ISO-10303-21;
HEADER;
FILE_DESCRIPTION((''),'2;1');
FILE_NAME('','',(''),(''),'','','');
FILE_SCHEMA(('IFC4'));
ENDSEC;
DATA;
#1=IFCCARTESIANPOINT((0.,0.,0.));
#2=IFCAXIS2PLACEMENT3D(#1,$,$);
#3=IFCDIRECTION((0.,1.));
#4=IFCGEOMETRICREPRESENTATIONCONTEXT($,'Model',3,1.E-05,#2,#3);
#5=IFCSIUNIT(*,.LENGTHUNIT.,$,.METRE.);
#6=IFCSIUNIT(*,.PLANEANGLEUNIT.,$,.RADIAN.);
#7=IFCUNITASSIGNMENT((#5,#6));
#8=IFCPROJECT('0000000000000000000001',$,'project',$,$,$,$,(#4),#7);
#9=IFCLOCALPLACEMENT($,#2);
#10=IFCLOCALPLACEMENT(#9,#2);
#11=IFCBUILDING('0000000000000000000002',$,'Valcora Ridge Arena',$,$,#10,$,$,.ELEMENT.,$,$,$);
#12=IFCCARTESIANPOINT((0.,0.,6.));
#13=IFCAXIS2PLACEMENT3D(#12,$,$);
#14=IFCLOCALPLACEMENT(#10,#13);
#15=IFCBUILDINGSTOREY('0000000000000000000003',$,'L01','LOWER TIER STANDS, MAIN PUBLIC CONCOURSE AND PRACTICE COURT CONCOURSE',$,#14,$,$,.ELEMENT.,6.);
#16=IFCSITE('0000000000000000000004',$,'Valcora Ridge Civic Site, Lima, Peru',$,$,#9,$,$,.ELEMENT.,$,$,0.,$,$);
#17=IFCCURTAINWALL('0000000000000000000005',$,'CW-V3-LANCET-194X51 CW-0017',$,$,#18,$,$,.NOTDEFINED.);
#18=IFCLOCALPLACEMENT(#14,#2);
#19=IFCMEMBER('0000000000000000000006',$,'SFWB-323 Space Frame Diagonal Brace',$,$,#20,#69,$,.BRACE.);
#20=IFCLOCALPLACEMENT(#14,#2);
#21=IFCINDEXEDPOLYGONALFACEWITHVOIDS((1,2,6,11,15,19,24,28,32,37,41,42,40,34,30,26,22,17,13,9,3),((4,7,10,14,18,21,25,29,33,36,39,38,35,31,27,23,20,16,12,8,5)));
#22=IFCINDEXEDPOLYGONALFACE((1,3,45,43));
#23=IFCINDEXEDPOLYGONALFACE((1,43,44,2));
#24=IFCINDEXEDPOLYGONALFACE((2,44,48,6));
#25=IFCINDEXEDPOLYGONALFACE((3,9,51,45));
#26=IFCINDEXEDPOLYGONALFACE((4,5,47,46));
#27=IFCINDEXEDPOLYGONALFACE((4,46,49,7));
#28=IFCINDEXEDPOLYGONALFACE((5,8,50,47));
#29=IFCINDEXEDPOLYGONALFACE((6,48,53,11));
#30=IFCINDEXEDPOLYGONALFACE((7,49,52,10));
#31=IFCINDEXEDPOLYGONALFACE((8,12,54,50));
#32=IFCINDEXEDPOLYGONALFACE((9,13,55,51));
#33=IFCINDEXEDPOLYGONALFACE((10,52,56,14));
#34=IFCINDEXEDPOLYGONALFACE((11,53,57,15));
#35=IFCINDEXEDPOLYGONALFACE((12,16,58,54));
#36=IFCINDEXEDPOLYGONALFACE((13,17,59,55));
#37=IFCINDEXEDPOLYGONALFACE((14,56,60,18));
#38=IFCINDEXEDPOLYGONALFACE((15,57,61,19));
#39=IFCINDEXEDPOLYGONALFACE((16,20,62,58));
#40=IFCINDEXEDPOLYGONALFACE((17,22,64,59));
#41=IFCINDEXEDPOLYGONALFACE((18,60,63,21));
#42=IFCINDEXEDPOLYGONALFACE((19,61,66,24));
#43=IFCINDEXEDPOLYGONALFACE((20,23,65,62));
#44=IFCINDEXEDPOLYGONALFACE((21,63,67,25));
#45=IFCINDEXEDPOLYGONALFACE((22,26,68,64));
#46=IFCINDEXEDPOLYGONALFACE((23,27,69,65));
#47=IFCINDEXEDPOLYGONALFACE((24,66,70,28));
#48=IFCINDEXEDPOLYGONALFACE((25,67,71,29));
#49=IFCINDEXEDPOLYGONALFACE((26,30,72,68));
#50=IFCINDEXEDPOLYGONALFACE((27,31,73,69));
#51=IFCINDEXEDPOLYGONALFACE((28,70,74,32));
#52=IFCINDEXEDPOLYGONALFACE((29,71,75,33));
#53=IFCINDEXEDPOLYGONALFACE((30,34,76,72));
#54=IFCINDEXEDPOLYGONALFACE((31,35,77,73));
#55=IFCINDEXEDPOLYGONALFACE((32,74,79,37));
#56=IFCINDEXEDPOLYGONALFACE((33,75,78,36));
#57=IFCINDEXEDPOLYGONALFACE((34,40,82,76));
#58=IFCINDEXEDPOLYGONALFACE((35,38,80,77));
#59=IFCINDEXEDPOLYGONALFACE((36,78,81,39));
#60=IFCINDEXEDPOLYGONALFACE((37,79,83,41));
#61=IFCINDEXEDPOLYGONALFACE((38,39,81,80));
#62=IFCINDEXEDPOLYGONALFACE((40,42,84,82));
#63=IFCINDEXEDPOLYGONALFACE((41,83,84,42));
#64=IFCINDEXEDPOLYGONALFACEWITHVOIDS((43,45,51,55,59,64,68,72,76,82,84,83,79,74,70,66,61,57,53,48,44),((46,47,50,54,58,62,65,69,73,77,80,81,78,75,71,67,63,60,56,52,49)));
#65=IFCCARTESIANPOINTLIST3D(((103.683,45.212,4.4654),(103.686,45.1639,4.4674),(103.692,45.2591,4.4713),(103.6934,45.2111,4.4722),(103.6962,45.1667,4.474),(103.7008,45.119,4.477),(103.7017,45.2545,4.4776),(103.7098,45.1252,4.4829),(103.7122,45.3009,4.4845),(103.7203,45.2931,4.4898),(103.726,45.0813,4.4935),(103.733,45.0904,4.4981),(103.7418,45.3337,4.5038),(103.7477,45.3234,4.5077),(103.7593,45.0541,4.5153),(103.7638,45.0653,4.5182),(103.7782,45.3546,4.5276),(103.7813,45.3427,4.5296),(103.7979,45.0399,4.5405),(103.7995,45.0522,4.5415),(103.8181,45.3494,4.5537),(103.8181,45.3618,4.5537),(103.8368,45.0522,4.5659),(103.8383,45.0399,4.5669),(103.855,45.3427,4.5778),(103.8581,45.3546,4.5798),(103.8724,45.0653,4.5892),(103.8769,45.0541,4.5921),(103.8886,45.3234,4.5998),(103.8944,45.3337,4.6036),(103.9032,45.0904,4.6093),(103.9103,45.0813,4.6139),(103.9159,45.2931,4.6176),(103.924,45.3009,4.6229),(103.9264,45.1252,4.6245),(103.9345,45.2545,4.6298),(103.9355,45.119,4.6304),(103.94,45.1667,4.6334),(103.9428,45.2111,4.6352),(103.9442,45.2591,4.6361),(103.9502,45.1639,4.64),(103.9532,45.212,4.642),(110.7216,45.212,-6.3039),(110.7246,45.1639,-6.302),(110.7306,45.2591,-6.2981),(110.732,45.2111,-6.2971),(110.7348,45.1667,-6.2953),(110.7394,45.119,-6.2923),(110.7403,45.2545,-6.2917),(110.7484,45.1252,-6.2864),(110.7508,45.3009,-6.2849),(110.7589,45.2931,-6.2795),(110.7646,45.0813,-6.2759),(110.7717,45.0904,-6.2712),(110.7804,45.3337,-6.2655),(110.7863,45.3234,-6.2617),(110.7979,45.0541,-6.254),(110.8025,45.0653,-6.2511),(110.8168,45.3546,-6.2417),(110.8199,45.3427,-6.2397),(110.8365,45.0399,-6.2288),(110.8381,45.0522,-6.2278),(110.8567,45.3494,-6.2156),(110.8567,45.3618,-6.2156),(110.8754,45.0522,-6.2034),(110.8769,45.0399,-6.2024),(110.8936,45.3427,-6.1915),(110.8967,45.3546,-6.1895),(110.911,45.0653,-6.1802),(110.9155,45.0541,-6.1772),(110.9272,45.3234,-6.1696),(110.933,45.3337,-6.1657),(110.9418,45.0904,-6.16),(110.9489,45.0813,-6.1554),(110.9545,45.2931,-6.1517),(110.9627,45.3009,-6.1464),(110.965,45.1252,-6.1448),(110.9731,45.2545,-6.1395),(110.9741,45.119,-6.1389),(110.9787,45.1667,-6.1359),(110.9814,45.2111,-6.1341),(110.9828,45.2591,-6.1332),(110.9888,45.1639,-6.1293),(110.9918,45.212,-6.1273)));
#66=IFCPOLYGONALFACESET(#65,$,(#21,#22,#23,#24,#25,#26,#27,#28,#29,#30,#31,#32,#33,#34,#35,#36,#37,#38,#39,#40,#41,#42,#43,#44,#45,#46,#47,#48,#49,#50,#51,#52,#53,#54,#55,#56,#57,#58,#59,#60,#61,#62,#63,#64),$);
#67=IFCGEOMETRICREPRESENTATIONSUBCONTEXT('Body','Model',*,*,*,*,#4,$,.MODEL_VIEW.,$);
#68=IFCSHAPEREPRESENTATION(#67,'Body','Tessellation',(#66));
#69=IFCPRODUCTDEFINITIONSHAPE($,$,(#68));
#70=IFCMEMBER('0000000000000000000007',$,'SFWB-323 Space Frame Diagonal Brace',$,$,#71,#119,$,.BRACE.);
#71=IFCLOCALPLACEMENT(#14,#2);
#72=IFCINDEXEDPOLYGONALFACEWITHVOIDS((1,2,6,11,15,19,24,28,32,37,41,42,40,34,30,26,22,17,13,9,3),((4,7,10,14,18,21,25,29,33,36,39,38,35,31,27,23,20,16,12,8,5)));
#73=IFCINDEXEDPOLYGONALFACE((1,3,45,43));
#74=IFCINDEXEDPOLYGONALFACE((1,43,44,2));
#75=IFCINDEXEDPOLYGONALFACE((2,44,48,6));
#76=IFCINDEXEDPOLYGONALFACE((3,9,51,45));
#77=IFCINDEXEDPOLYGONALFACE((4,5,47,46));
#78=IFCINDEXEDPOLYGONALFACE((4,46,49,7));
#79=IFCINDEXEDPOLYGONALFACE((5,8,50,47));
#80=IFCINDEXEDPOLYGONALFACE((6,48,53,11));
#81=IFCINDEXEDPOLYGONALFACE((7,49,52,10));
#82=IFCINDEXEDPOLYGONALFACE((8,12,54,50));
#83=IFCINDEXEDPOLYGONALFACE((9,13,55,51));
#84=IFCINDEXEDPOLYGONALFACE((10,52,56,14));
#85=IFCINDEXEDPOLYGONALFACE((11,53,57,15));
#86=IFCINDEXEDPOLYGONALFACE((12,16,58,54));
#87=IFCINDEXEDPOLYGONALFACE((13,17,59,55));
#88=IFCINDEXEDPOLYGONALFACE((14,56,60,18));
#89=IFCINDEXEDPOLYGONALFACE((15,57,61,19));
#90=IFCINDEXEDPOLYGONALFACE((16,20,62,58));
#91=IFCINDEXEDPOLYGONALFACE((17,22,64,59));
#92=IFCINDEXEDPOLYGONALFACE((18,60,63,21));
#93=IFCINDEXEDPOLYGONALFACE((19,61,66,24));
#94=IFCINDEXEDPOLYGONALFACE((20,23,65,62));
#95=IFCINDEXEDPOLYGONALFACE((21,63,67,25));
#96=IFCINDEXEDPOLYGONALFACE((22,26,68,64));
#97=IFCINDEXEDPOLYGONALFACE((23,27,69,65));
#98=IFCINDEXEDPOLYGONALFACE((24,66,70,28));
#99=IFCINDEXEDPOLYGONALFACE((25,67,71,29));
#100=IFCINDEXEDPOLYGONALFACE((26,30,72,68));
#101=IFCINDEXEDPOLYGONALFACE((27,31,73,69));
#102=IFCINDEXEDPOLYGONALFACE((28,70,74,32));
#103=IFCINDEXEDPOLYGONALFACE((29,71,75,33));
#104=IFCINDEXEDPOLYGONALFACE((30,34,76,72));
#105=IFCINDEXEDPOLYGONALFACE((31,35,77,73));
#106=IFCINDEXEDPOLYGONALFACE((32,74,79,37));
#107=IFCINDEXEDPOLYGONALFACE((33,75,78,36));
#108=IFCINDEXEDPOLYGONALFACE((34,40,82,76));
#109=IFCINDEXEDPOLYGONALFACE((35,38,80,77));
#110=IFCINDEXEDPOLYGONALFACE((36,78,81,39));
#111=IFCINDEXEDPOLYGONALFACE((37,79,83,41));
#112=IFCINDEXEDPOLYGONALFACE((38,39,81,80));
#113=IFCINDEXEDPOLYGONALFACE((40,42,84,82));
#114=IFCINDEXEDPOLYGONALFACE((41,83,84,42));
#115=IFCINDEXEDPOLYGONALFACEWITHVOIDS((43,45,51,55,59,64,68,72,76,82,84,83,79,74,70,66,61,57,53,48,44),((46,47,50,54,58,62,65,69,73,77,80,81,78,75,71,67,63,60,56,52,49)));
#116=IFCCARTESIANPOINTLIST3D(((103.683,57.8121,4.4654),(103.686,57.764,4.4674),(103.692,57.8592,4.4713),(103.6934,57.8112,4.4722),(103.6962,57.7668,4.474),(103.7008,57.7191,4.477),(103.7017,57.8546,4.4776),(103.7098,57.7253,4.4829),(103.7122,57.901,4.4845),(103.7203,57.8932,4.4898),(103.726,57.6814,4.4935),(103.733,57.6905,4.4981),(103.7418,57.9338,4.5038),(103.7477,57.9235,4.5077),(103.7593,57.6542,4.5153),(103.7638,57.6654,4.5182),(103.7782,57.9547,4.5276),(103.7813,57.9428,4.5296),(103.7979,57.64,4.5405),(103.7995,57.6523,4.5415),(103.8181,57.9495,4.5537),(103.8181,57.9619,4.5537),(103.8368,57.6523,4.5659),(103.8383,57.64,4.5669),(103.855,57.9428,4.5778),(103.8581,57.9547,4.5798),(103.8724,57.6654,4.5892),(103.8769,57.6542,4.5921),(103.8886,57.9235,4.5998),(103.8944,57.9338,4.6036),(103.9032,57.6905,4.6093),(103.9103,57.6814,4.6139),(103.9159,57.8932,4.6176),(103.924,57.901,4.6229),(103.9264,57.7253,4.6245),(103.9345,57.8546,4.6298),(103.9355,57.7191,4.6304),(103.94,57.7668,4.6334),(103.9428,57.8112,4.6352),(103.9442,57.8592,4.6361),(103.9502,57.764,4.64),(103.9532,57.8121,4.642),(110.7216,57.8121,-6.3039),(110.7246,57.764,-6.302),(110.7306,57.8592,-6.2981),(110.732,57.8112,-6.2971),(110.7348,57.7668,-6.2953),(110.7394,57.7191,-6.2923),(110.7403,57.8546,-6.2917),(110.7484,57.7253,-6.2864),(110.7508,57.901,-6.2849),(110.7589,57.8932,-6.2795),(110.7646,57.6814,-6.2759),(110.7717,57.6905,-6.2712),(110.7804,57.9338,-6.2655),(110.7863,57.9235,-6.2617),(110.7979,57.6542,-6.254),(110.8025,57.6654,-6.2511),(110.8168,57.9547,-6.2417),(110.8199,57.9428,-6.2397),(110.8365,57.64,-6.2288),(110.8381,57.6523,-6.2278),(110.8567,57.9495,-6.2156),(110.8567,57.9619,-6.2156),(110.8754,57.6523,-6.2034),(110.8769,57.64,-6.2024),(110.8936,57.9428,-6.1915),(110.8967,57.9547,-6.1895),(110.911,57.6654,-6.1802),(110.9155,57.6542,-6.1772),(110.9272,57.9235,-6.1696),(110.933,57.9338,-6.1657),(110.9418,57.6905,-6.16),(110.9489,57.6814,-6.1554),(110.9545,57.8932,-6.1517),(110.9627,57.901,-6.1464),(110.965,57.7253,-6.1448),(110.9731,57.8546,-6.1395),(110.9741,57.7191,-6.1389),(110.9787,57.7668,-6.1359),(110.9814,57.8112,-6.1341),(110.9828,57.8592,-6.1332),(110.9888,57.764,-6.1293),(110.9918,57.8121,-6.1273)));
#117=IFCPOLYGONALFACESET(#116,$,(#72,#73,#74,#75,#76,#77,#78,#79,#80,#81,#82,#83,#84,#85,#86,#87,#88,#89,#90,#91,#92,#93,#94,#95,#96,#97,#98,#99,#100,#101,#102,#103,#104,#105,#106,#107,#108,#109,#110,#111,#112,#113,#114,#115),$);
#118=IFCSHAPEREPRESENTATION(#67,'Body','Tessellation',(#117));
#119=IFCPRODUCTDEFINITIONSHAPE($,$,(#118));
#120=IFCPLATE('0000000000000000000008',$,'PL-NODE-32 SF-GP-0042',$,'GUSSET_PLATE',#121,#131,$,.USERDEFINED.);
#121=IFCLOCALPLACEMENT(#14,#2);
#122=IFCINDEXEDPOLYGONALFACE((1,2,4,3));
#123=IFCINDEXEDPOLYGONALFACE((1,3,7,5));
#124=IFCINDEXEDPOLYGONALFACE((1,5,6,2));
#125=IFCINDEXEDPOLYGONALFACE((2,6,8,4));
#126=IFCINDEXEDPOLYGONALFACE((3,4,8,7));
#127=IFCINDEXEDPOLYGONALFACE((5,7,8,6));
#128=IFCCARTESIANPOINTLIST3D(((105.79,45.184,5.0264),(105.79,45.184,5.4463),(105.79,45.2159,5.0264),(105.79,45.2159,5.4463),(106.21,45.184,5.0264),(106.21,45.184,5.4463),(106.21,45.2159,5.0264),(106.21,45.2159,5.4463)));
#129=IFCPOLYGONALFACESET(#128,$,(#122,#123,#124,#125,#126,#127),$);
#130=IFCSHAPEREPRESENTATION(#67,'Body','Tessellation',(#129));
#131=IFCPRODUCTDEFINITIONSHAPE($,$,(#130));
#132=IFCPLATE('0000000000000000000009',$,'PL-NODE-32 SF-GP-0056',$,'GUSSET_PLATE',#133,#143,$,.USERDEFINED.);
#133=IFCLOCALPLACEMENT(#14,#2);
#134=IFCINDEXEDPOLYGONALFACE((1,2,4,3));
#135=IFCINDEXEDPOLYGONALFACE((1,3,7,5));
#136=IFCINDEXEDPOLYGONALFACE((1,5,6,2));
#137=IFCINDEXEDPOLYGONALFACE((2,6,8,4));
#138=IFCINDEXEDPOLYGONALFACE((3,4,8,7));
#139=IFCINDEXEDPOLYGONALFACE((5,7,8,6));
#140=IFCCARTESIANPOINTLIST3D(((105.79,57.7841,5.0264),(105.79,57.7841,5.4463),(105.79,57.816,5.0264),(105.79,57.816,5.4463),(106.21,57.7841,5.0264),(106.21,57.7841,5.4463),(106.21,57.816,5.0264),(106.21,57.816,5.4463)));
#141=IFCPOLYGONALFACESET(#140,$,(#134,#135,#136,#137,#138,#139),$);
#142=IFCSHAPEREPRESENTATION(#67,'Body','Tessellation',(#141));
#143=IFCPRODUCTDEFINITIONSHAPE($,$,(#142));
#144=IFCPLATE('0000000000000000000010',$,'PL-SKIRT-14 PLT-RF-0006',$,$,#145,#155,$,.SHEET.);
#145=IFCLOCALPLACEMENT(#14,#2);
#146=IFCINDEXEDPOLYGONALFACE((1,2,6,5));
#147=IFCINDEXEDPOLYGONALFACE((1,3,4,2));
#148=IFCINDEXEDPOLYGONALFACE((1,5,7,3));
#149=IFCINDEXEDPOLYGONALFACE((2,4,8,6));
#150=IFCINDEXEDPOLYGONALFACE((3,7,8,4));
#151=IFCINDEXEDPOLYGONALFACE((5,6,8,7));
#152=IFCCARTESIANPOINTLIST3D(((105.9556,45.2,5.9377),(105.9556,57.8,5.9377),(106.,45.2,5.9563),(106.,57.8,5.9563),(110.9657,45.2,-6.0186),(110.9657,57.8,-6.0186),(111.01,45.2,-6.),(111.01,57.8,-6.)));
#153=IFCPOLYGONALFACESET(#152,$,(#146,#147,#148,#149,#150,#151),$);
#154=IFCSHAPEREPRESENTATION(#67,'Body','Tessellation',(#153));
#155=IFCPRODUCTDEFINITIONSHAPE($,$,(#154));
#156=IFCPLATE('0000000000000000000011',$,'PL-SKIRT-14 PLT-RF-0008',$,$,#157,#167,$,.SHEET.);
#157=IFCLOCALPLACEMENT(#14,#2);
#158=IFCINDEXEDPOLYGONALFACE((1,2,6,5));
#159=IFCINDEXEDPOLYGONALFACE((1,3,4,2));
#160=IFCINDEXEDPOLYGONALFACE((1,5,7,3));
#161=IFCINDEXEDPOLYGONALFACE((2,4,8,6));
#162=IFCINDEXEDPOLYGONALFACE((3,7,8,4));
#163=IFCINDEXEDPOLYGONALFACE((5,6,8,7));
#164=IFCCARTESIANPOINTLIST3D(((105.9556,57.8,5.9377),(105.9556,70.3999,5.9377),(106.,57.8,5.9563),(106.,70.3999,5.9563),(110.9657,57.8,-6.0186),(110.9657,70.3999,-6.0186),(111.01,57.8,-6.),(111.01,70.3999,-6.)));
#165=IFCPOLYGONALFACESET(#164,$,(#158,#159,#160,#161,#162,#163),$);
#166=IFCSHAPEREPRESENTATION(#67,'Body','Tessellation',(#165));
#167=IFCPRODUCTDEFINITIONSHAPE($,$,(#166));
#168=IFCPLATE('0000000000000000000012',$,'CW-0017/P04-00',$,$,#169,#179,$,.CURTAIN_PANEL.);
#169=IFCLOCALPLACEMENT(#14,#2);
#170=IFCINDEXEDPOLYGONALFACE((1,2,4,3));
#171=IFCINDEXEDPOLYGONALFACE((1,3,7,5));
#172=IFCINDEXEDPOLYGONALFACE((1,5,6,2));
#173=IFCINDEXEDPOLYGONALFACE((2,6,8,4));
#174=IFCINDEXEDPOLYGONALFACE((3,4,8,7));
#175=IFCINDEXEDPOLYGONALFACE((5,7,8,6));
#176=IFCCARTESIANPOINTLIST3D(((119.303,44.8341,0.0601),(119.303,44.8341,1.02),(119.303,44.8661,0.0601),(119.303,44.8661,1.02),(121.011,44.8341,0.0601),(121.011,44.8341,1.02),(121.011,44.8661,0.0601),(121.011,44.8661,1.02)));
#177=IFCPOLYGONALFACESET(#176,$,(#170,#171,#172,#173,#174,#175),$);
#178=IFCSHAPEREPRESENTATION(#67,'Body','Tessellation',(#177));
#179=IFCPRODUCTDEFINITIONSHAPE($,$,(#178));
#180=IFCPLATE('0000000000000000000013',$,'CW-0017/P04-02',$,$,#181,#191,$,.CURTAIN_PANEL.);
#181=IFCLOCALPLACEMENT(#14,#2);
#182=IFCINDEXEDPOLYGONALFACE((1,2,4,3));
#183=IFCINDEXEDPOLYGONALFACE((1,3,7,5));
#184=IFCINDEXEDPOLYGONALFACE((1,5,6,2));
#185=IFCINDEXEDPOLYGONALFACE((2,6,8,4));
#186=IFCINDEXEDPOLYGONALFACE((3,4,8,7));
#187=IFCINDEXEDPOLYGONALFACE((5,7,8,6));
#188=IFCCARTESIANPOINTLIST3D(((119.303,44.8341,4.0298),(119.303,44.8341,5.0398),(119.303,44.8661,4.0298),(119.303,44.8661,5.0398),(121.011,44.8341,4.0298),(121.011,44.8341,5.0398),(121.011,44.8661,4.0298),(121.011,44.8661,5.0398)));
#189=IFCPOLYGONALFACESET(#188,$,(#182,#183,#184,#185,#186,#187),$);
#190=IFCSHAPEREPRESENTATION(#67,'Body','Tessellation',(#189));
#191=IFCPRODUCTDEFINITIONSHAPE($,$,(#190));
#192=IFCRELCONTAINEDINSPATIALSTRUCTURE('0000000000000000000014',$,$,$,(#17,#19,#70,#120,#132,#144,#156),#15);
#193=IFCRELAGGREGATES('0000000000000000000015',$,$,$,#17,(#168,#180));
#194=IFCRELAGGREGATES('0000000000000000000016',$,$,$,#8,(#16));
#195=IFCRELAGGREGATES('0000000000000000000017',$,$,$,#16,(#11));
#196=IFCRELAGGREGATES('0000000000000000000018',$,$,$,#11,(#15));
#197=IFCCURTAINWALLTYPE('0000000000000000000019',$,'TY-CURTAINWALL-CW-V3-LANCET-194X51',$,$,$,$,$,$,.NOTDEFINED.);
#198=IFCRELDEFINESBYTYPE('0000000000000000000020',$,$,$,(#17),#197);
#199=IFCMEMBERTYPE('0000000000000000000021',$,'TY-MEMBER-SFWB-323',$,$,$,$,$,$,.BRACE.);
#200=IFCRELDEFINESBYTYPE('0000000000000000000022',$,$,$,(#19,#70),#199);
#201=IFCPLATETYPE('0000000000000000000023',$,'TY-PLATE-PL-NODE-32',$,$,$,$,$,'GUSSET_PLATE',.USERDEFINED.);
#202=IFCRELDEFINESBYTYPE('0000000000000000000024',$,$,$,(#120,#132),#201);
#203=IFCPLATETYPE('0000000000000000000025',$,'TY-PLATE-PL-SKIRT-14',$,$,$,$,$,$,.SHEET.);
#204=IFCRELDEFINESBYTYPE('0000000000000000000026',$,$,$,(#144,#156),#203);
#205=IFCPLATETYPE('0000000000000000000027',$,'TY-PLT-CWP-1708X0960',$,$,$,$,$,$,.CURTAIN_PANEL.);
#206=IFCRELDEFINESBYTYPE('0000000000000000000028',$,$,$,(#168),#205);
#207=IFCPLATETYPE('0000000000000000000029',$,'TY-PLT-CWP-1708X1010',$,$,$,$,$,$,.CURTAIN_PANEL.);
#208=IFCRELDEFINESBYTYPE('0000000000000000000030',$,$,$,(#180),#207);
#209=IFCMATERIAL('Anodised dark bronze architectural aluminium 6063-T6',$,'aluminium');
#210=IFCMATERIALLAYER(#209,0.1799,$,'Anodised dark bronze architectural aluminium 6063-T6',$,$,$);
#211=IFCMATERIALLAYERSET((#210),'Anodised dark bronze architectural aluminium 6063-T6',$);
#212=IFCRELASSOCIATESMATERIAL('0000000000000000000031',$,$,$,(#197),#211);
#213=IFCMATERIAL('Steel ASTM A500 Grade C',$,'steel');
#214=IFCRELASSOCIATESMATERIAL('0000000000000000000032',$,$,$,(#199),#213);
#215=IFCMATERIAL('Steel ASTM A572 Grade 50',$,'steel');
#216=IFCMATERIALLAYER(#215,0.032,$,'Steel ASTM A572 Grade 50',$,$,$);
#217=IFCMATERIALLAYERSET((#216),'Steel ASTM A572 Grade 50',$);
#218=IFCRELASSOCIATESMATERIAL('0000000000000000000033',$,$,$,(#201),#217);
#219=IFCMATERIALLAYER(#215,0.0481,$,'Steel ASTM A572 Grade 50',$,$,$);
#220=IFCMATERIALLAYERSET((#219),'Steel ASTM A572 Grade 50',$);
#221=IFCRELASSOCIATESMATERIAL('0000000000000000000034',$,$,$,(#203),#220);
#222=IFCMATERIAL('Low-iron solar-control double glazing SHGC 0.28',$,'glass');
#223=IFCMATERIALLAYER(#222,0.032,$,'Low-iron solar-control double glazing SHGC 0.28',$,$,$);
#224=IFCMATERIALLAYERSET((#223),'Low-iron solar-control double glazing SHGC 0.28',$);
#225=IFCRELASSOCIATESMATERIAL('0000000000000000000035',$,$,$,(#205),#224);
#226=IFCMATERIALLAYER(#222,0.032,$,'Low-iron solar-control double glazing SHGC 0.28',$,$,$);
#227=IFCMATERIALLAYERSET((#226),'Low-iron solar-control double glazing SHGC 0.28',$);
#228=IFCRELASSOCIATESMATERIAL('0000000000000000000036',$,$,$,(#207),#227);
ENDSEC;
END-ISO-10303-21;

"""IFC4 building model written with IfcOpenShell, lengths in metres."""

from ifc_helpers import new_model, si_unit, direction, frame, origin, origin_2d, place, context, subcontext, project, spatial, polyline, rectangle, hollow_circle, outline, extrude, material, layer, layer_set, material_profile, profile_set, type_object, element, aggregate, save


model = new_model("IFC4")

# Units and contexts
model_context = context("Model", 3, precision=1e-05, world=origin(), true_north=direction((0.0, 1.0)))
body_context = subcontext(model_context, "Body", "Model", "MODEL_VIEW")
ifc_project = project(units=[si_unit("LENGTHUNIT", "METRE"), si_unit("PLANEANGLEUNIT", "RADIAN")], contexts=[model_context])

# Site, building, storey
site_placement = place(None, origin())
site = spatial("IfcSite", under=ifc_project, at=site_placement, Name="Valcora Ridge Civic Site, Lima, Peru", CompositionType="ELEMENT", RefElevation=0.0)
building_placement = place(site_placement, origin())
building = spatial("IfcBuilding", under=site, at=building_placement, Name="Valcora Ridge Arena", CompositionType="ELEMENT")
storey_placement = place(building_placement, frame((0.0, 0.0, 6.0)))
storey = spatial("IfcBuildingStorey", under=building, at=storey_placement, Name="L01", Description="LOWER TIER STANDS, MAIN PUBLIC CONCOURSE AND PRACTICE COURT CONCOURSE", CompositionType="ELEMENT", Elevation=6.0)

# Curtain wall
ifc_material_1 = material(Name="Anodised dark bronze architectural aluminium 6063-T6", Category="aluminium")
ifc_layer_1 = layer(ifc_material_1, 0.1799, Name="Anodised dark bronze architectural aluminium 6063-T6")
ifc_layer_set_1 = layer_set([ifc_layer_1], Name="Anodised dark bronze architectural aluminium 6063-T6")
curtain_wall_type = type_object("IfcCurtainWallType", Name="TY-CURTAINWALL-CW-V3-LANCET-194X51", PredefinedType="NOTDEFINED", material=ifc_layer_set_1)
curtain_wall_placement = place(storey_placement, origin())
curtain_wall = element("IfcCurtainWall", 1, at=curtain_wall_placement, inside=storey, type_object=curtain_wall_type, Name="CW-V3-LANCET-194X51 CW-0017", PredefinedType="NOTDEFINED")

# Members
ifc_material_2 = material(Name="Steel ASTM A500 Grade C", Category="steel")
ifc_material_profile_1 = material_profile(ifc_material_2, hollow_circle(Radius=0.1619, WallThickness=0.0125, at=origin_2d()), Name="CHS323X12")
ifc_profile_set_1 = profile_set([ifc_material_profile_1], Name="Steel ASTM A500 Grade C")
member_type_1 = type_object("IfcMemberType", Name="TY-MEMBER-SFWB-323", PredefinedType="BRACE", material=ifc_profile_set_1)
for number, where, z_axis, x_axis, name in (
    (2, (103.8181, 45.2, 4.5537), (0.547092, 0.0, -0.837072), (0.0, 1.0, 0.0), "SFWB-323 Space Frame Diagonal Brace"),
    (3, (103.8181, 57.8, 4.5537), (0.547092, 0.0, -0.837072), (0.0, 1.0, 0.0), "SFWB-323 Space Frame Diagonal Brace"),
):
    element("IfcMember", number, at=place(storey_placement, frame(where, z_axis=z_axis, x_axis=x_axis)), inside=storey, type_object=member_type_1, Name=name, PredefinedType="BRACE", context=body_context, shape_type="SweptSolid", body=[
        extrude(hollow_circle(Radius=0.1619, WallThickness=0.0125, at=origin_2d()), origin(), (0.0, 0.0, 1.0), 12.8655),
    ])

# Plates
ifc_material_3 = material(Name="Steel ASTM A572 Grade 50", Category="steel")
ifc_layer_2 = layer(ifc_material_3, 0.032, Name="Steel ASTM A572 Grade 50")
ifc_layer_set_2 = layer_set([ifc_layer_2], Name="Steel ASTM A572 Grade 50")
plate_type_1 = type_object("IfcPlateType", Name="TY-PLATE-PL-NODE-32", ElementType="GUSSET_PLATE", PredefinedType="USERDEFINED", material=ifc_layer_set_2)
for number, where, z_axis, x_axis, name in (
    (4, (106.0, 45.2, 5.0264), (0.0, 0.0, 1.0), (1.0, 0.0, 0.0), "PL-NODE-32 SF-GP-0042"),
    (5, (106.0, 57.8, 5.0264), (0.0, 0.0, 1.0), (1.0, 0.0, 0.0), "PL-NODE-32 SF-GP-0056"),
):
    element("IfcPlate", number, at=place(storey_placement, frame(where, z_axis=z_axis, x_axis=x_axis)), inside=storey, type_object=plate_type_1, Name=name, ObjectType="GUSSET_PLATE", PredefinedType="USERDEFINED", context=body_context, shape_type="SweptSolid", body=[
        extrude(rectangle(XDim=0.4199, YDim=0.032, at=origin_2d()), origin(), (0.0, 0.0, 1.0), 0.4199),
    ])
ifc_layer_3 = layer(ifc_material_3, 0.0481, Name="Steel ASTM A572 Grade 50")
ifc_layer_set_3 = layer_set([ifc_layer_3], Name="Steel ASTM A572 Grade 50")
plate_type_2 = type_object("IfcPlateType", Name="TY-PLATE-PL-SKIRT-14", PredefinedType="SHEET", material=ifc_layer_set_3)
plate_1_placement = place(storey_placement, frame((106.0, 45.2, 5.9563), z_axis=(0.922302, 0.0, 0.386469), x_axis=(0.386469, 0.0, -0.922302)))
element("IfcPlate", 6, at=plate_1_placement, inside=storey, type_object=plate_type_2, Name="PL-SKIRT-14 PLT-RF-0006", PredefinedType="SHEET", context=body_context, shape_type="SweptSolid", body=[
    extrude(outline(polyline([(0.0, 0.0), (12.9635, 0.0), (12.9635, 12.6001), (0.0, 12.6001), (0.0, 0.0)])), origin(), (0.0, 0.0, -1.0), 0.0481),
])
plate_2_placement = place(storey_placement, frame((106.0, 57.8, 5.9563), z_axis=(0.922302, 0.0, 0.386469), x_axis=(0.386469, 0.0, -0.922302)))
element("IfcPlate", 7, at=plate_2_placement, inside=storey, type_object=plate_type_2, Name="PL-SKIRT-14 PLT-RF-0008", PredefinedType="SHEET", context=body_context, shape_type="SweptSolid", body=[
    extrude(outline(polyline([(0.0, 0.0), (12.9635, 0.0), (12.9635, 12.5999), (0.0, 12.5999), (0.0, 0.0)])), origin(), (0.0, 0.0, -1.0), 0.0481),
])

# Plates
ifc_material_4 = material(Name="Low-iron solar-control double glazing SHGC 0.28", Category="glass")
ifc_layer_4 = layer(ifc_material_4, 0.032, Name="Low-iron solar-control double glazing SHGC 0.28")
ifc_layer_set_4 = layer_set([ifc_layer_4], Name="Low-iron solar-control double glazing SHGC 0.28")
plate_type_3 = type_object("IfcPlateType", Name="TY-PLT-CWP-1708X0960", PredefinedType="CURTAIN_PANEL", material=ifc_layer_set_4)
plate_3_placement = place(storey_placement, frame((120.157, 44.8501, 0.0601), z_axis=(0.0, 0.0, 1.0), x_axis=(1.0, 0.0, 0.0)))
plate_3 = element("IfcPlate", 8, at=plate_3_placement, type_object=plate_type_3, Name="CW-0017/P04-00", PredefinedType="CURTAIN_PANEL", context=body_context, shape_type="SweptSolid", body=[
    extrude(rectangle(XDim=1.708, YDim=0.032, at=origin_2d()), origin(), (0.0, 0.0, 1.0), 0.96),
])
ifc_layer_5 = layer(ifc_material_4, 0.032, Name="Low-iron solar-control double glazing SHGC 0.28")
ifc_layer_set_5 = layer_set([ifc_layer_5], Name="Low-iron solar-control double glazing SHGC 0.28")
plate_type_4 = type_object("IfcPlateType", Name="TY-PLT-CWP-1708X1010", PredefinedType="CURTAIN_PANEL", material=ifc_layer_set_5)
plate_4_placement = place(storey_placement, frame((120.157, 44.8501, 4.0298), z_axis=(0.0, 0.0, 1.0), x_axis=(1.0, 0.0, 0.0)))
plate_4 = element("IfcPlate", 9, at=plate_4_placement, type_object=plate_type_4, Name="CW-0017/P04-02", PredefinedType="CURTAIN_PANEL", context=body_context, shape_type="SweptSolid", body=[
    extrude(rectangle(XDim=1.708, YDim=0.032, at=origin_2d()), origin(), (0.0, 0.0, 1.0), 1.01),
])
aggregate(curtain_wall, [plate_3, plate_4])

save(model, "model.ifc")
